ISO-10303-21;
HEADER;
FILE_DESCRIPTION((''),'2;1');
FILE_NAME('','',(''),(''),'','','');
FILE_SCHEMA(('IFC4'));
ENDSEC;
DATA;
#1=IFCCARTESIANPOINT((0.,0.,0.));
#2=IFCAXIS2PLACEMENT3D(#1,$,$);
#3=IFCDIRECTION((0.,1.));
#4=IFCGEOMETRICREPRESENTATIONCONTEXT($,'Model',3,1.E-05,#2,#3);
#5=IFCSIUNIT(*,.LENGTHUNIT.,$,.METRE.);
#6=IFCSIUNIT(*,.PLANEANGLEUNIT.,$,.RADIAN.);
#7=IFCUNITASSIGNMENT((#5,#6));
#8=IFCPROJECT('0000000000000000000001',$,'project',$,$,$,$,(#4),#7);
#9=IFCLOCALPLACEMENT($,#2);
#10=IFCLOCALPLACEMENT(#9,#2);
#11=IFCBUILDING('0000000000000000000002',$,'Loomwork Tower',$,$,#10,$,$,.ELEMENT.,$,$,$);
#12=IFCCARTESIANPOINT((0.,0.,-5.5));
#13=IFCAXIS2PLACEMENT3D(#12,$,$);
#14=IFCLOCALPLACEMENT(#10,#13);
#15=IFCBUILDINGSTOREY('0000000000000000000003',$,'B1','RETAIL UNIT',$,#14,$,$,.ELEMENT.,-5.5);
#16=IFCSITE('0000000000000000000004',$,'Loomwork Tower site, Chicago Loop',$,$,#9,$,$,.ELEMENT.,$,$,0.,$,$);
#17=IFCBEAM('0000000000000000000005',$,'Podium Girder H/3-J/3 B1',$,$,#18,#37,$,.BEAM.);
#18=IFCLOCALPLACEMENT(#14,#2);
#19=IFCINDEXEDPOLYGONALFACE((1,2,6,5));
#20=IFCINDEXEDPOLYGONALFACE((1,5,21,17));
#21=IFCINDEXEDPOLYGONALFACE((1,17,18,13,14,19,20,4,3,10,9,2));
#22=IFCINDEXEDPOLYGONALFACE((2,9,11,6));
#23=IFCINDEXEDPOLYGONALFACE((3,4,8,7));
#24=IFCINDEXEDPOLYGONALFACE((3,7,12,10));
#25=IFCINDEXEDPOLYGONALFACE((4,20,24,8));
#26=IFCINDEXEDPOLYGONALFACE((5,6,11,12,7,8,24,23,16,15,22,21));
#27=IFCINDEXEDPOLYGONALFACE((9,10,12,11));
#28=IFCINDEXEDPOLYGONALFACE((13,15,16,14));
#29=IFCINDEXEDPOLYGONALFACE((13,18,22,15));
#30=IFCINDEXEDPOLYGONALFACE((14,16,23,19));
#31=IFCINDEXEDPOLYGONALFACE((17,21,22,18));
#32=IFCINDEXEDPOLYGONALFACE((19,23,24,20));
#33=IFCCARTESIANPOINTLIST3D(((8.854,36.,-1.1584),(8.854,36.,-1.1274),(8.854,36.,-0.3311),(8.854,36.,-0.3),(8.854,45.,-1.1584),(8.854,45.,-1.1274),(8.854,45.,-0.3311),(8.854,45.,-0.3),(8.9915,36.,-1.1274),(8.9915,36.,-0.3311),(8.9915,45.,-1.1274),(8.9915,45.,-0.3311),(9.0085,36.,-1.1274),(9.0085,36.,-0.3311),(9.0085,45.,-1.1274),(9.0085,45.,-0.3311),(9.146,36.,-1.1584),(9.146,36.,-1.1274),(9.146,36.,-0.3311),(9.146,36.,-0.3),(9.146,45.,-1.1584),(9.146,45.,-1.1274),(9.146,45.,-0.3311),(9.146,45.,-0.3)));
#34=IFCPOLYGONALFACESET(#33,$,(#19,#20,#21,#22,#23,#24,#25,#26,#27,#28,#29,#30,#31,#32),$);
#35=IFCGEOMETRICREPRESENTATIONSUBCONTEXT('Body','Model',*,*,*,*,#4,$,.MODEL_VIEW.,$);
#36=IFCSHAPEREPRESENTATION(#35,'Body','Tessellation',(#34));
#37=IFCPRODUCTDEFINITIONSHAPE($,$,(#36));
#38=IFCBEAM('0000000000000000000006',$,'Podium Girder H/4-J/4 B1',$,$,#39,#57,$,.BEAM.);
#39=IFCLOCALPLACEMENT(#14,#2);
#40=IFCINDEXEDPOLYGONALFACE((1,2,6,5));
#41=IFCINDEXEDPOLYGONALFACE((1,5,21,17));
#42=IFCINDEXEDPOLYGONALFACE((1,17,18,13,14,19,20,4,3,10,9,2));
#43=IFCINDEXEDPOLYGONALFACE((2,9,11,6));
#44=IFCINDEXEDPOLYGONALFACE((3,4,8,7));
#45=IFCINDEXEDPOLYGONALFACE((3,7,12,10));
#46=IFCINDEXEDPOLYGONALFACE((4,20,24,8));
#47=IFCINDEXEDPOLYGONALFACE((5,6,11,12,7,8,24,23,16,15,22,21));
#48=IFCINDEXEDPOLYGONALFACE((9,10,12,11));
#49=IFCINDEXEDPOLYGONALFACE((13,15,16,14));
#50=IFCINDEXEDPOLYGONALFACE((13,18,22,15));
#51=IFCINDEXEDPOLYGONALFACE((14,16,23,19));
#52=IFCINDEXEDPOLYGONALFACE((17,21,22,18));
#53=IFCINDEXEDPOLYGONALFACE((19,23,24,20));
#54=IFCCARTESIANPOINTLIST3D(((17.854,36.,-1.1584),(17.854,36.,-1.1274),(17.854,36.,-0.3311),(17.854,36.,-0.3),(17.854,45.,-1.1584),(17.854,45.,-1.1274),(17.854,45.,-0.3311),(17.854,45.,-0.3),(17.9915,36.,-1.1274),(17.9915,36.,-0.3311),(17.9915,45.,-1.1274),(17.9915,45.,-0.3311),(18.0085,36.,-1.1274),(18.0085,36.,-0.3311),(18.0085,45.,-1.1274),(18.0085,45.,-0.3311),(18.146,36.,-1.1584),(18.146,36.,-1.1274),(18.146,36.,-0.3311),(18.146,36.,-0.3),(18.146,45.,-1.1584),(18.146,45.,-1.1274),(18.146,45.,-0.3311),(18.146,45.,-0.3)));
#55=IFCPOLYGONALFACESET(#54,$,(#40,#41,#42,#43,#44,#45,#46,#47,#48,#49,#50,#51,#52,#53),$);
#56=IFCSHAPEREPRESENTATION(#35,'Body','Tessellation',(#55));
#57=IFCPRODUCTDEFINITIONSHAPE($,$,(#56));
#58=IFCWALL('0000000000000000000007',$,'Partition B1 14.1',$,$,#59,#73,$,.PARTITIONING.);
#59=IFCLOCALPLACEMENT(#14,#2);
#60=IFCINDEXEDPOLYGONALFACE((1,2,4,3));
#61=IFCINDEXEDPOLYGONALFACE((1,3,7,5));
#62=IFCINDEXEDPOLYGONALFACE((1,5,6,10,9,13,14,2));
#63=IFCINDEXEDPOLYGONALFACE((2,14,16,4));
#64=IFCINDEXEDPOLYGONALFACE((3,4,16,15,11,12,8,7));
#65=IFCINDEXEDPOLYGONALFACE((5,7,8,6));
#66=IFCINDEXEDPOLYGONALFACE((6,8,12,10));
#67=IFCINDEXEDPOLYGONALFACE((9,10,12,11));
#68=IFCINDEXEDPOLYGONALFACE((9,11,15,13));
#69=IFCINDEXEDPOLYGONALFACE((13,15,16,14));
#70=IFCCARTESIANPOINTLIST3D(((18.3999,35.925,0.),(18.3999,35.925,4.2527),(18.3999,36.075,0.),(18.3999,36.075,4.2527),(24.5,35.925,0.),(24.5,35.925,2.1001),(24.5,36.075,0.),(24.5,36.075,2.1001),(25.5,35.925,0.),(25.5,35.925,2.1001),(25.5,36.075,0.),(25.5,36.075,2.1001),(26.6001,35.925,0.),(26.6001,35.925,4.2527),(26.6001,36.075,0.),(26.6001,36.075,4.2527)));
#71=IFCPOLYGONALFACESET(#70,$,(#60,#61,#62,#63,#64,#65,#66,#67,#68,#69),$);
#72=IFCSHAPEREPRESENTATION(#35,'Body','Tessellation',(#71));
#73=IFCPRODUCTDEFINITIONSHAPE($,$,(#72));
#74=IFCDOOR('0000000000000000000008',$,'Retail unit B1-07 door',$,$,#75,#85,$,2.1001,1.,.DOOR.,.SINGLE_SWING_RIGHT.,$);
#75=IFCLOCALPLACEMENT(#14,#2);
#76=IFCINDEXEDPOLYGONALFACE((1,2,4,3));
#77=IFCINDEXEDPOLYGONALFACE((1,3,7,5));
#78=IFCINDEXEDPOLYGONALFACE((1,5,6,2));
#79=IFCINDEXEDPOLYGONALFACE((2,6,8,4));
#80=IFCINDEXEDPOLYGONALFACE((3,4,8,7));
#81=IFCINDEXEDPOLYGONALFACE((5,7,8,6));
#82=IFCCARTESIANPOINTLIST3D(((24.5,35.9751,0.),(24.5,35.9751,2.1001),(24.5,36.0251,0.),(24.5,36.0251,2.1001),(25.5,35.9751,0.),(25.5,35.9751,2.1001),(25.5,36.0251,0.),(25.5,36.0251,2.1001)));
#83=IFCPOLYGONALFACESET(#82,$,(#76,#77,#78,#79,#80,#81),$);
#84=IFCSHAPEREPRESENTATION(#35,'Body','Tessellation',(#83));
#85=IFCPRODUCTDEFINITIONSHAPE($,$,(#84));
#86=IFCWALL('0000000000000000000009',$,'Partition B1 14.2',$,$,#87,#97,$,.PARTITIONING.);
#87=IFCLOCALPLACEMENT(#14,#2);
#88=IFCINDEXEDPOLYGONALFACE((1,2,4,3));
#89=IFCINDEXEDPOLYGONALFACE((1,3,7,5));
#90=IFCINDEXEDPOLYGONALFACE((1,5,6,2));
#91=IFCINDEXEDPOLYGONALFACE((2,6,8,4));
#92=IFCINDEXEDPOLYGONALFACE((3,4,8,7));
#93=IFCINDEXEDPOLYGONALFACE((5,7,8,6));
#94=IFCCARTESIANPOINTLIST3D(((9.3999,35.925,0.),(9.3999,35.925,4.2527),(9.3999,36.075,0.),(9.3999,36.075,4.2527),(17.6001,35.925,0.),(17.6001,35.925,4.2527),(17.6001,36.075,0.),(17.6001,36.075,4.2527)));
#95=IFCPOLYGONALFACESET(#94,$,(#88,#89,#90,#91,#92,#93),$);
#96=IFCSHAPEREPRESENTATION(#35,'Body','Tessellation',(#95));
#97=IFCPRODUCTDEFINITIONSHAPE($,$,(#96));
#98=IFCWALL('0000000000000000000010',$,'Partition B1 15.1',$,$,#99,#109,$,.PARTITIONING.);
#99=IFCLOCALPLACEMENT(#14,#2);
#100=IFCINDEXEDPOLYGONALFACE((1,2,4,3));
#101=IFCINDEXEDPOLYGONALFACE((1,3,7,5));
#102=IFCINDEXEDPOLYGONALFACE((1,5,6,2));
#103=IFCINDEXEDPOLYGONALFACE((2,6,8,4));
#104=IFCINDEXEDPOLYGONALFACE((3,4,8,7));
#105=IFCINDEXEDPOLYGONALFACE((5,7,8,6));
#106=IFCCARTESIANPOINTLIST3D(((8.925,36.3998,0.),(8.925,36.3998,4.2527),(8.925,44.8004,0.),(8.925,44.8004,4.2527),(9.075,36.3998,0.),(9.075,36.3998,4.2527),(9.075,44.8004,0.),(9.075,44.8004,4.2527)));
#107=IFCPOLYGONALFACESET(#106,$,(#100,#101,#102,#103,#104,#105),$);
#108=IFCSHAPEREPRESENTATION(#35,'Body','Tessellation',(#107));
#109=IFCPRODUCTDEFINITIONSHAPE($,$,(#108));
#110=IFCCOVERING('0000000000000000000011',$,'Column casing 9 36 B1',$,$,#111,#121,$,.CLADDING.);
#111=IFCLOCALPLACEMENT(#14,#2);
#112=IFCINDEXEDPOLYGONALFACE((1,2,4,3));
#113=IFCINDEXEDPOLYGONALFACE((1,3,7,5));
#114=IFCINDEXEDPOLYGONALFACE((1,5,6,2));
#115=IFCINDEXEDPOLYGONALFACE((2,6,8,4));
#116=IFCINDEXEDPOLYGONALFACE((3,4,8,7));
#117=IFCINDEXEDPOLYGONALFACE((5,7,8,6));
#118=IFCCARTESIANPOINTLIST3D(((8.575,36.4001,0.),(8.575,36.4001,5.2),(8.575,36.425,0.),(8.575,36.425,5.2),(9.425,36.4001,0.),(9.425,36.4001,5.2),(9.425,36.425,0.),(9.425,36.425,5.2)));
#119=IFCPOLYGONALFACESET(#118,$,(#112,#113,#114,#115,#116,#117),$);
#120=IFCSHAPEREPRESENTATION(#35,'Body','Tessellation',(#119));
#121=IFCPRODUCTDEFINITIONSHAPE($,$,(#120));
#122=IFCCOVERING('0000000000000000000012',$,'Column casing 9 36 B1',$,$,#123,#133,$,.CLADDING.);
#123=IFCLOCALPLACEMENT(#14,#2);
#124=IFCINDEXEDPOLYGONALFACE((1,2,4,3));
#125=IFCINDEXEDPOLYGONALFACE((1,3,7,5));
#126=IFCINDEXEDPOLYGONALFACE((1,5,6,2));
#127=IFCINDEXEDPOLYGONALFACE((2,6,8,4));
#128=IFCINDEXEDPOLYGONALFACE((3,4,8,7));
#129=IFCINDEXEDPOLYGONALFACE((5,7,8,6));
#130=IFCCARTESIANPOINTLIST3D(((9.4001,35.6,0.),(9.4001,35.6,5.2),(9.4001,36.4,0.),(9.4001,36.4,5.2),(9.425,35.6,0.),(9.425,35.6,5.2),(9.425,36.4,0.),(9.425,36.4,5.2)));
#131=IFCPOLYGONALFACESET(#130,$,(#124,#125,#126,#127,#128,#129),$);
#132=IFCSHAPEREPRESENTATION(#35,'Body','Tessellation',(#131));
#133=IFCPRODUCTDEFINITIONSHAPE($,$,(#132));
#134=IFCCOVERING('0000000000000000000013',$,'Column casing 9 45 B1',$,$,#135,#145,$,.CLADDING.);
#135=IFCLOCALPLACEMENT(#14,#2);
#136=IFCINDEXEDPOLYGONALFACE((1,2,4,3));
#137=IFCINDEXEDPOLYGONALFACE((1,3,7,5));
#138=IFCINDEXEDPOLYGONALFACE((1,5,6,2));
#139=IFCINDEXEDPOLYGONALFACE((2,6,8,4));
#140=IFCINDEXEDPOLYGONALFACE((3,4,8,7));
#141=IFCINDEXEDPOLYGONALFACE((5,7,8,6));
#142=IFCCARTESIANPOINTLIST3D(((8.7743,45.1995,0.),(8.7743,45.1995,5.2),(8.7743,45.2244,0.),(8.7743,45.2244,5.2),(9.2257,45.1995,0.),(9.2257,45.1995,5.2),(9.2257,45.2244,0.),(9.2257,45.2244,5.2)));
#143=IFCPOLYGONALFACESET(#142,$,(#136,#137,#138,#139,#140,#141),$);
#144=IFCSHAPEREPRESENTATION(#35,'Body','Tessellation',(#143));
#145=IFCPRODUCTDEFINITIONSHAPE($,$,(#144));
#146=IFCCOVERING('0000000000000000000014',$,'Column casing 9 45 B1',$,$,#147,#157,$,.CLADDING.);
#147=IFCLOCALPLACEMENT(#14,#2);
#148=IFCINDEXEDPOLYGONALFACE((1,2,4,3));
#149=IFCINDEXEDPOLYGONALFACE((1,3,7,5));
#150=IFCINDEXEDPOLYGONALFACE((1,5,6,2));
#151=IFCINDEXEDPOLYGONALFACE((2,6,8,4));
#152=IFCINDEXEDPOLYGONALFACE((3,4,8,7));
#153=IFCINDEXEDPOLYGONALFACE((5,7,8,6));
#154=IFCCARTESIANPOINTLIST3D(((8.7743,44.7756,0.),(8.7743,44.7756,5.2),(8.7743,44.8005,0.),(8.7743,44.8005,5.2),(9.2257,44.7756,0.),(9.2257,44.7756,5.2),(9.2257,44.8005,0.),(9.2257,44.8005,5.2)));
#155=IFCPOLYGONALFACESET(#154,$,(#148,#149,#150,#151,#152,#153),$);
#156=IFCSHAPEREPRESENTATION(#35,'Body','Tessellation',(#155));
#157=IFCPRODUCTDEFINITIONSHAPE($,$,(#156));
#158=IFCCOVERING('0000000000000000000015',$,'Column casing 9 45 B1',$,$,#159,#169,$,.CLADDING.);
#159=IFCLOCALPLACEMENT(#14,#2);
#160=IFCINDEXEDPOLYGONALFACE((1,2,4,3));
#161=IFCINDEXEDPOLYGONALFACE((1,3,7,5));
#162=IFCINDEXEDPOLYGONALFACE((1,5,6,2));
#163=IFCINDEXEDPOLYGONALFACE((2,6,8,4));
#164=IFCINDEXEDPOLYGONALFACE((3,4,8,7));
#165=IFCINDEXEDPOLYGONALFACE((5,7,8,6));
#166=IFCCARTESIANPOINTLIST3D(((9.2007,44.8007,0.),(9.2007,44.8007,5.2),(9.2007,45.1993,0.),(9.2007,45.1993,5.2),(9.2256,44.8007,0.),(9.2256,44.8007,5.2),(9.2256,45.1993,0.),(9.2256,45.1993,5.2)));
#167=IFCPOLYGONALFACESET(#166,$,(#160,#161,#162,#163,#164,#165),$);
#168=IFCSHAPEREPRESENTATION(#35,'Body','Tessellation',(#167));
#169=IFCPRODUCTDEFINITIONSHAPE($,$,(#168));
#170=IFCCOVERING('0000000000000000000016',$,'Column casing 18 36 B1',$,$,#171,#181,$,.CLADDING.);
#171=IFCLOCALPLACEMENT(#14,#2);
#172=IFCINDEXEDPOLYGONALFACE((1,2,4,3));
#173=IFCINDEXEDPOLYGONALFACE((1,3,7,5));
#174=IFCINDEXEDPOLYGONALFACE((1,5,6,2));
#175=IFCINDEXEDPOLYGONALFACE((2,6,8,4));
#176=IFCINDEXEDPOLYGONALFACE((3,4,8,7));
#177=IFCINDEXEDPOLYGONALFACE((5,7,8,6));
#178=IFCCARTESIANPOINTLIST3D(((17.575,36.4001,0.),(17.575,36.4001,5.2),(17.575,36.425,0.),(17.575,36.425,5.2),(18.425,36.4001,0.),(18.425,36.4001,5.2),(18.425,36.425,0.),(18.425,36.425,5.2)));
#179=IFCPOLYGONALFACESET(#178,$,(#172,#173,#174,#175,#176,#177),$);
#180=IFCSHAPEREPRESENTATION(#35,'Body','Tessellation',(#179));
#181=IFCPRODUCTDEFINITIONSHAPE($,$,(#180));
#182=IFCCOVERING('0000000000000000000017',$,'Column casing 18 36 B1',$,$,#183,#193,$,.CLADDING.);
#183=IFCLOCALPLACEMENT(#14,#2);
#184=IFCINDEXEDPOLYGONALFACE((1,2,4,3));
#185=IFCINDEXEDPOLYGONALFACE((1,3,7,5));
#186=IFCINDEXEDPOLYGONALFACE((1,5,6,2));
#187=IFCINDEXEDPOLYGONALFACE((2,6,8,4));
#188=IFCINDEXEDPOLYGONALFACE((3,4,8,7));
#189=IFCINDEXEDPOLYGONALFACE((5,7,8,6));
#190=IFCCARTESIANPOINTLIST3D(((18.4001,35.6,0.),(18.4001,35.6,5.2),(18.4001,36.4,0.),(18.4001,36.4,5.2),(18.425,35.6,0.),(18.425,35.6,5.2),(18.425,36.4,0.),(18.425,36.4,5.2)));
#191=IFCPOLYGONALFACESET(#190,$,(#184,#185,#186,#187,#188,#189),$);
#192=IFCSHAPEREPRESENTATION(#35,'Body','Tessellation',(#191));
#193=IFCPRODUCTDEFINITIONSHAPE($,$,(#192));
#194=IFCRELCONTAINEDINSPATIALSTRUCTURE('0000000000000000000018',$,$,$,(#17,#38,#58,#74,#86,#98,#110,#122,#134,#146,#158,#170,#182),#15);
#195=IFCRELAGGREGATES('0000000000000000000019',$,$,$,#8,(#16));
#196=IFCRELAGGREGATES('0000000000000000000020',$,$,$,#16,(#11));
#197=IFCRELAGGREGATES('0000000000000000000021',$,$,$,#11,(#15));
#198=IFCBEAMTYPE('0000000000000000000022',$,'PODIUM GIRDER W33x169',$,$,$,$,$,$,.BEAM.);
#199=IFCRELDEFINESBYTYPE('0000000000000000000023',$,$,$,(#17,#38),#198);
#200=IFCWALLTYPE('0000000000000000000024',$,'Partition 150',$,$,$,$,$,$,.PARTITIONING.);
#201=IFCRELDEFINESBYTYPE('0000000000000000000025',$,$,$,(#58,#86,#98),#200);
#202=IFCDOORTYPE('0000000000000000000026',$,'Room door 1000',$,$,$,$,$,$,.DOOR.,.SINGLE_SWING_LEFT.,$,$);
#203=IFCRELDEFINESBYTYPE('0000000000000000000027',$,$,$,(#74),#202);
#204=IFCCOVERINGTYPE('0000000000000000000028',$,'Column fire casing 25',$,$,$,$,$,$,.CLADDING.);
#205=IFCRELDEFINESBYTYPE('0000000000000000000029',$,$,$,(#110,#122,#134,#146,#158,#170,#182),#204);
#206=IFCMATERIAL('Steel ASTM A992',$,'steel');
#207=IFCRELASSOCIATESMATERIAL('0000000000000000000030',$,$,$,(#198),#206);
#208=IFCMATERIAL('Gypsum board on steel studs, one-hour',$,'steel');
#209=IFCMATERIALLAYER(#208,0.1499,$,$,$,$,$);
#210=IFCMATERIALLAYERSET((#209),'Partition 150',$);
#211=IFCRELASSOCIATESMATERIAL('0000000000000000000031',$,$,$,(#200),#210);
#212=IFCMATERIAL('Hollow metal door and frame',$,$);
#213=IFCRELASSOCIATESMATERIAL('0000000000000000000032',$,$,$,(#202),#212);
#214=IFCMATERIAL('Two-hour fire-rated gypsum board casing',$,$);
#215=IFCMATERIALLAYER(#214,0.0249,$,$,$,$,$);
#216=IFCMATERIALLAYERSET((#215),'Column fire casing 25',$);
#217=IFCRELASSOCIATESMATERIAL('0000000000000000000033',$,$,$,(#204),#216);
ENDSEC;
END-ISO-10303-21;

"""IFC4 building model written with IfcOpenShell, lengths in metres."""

from ifc_helpers import new_model, si_unit, direction, frame, frame_2d, origin, origin_2d, place, context, subcontext, project, spatial, rectangle, i_section, extrude, material, layer, layer_set, material_profile, profile_set, type_object, element, fill, save


model = new_model("IFC4")

# Units and contexts
model_context = context("Model", 3, precision=1e-05, world=origin(), true_north=direction((0.0, 1.0)))
body_context = subcontext(model_context, "Body", "Model", "MODEL_VIEW")
ifc_project = project(units=[si_unit("LENGTHUNIT", "METRE"), si_unit("PLANEANGLEUNIT", "RADIAN")], contexts=[model_context])

# Site, building, storey
site_placement = place(None, origin())
site = spatial("IfcSite", under=ifc_project, at=site_placement, Name="Loomwork Tower site, Chicago Loop", CompositionType="ELEMENT", RefElevation=0.0)
building_placement = place(site_placement, origin())
building = spatial("IfcBuilding", under=site, at=building_placement, Name="Loomwork Tower", CompositionType="ELEMENT")
storey_placement = place(building_placement, frame((0.0, 0.0, -5.5)))
storey = spatial("IfcBuildingStorey", under=building, at=storey_placement, Name="B1", Description="RETAIL UNIT", CompositionType="ELEMENT", Elevation=-5.5)

# Beams
ifc_material_1 = material(Name="Steel ASTM A992", Category="steel")
ifc_material_profile_1 = material_profile(ifc_material_1, i_section(OverallWidth=0.292, OverallDepth=0.8584, WebThickness=0.0171, FlangeThickness=0.031, at=origin_2d()), Name="W33x169")
ifc_profile_set_1 = profile_set([ifc_material_profile_1], Name="Steel ASTM A992")
beam_type_1 = type_object("IfcBeamType", Name="PODIUM GIRDER W33x169", PredefinedType="BEAM", material=ifc_profile_set_1)
for number, where, z_axis, x_axis, name in (
    (1, (9.0, 36.0, -0.7292), (0.0, 1.0, 0.0), (-1.0, 0.0, 0.0), "Podium Girder H/3-J/3 B1"),
    (2, (18.0, 36.0, -0.7292), (0.0, 1.0, 0.0), (-1.0, 0.0, 0.0), "Podium Girder H/4-J/4 B1"),
):
    element("IfcBeam", number, at=place(storey_placement, frame(where, z_axis=z_axis, x_axis=x_axis)), inside=storey, type_object=beam_type_1, Name=name, PredefinedType="BEAM", context=body_context, shape_type="SweptSolid", body=[
        extrude(i_section(OverallWidth=0.292, OverallDepth=0.8584, WebThickness=0.0171, FlangeThickness=0.031, at=origin_2d()), origin(), (0.0, 0.0, 1.0), 9.0),
    ])

# Wall, opening, door
ifc_material_2 = material(Name="Gypsum board on steel studs, one-hour", Category="steel")
ifc_layer_1 = layer(ifc_material_2, 0.1499)
ifc_layer_set_1 = layer_set([ifc_layer_1], Name="Partition 150")
wall_type = type_object("IfcWallType", Name="Partition 150", PredefinedType="PARTITIONING", material=ifc_layer_set_1)
wall_1_placement = place(storey_placement, frame((26.6001, 36.0, 0.0), z_axis=(0.0, 0.0, 1.0), x_axis=(-1.0, 0.0, 0.0)))
wall_1 = element("IfcWall", 3, at=wall_1_placement, inside=storey, type_object=wall_type, Name="Partition B1 14.1", PredefinedType="PARTITIONING", context=body_context, shape_type="SweptSolid", body=[
    extrude(rectangle(XDim=8.2002, YDim=0.1499, at=frame_2d((4.1001, 0.0))), origin(), (0.0, 0.0, 1.0), 4.2527),
])
opening_placement = place(wall_1_placement, frame((1.1001, 0.0, 0.0)))
opening = element("IfcOpeningElement", 4, at=opening_placement, cuts=wall_1, PredefinedType="OPENING", context=body_context, shape_type="SweptSolid", body=[
    extrude(rectangle(XDim=1.0, YDim=2.1001, at=frame_2d((0.5, 1.05))), frame((0.0, 0.085, 0.0), z_axis=(0.0, -1.0, 0.0), x_axis=(1.0, 0.0, 0.0)), (0.0, 0.0, 1.0), 0.1699),
])
ifc_material_3 = material(Name="Hollow metal door and frame")
door_type = type_object("IfcDoorType", Name="Room door 1000", OperationType="SINGLE_SWING_LEFT", PredefinedType="DOOR", material=ifc_material_3)
door_placement = place(opening_placement, origin())
door = element("IfcDoor", 5, at=door_placement, inside=storey, type_object=door_type, Name="Retail unit B1-07 door", OperationType="SINGLE_SWING_RIGHT", OverallHeight=2.1001, OverallWidth=1.0, PredefinedType="DOOR", context=body_context, shape_type="SweptSolid", body=[
    extrude(rectangle(XDim=1.0, YDim=2.1001, at=frame_2d((0.5, 1.05))), frame((0.0, 0.0249, 0.0), z_axis=(0.0, -1.0, 0.0), x_axis=(1.0, 0.0, 0.0)), (0.0, 0.0, 1.0), 0.05),
])
fill(opening, door)

# Walls
wall_2_placement = place(storey_placement, frame((17.6001, 36.0, 0.0), z_axis=(0.0, 0.0, 1.0), x_axis=(-1.0, 0.0, 0.0)))
element("IfcWall", 6, at=wall_2_placement, inside=storey, type_object=wall_type, Name="Partition B1 14.2", PredefinedType="PARTITIONING", context=body_context, shape_type="SweptSolid", body=[
    extrude(rectangle(XDim=8.2002, YDim=0.1499, at=frame_2d((4.1001, 0.0))), origin(), (0.0, 0.0, 1.0), 4.2527),
])
wall_3_placement = place(storey_placement, frame((9.0, 36.3999, 0.0), z_axis=(0.0, 0.0, 1.0), x_axis=(0.0, 1.0, 0.0)))
element("IfcWall", 7, at=wall_3_placement, inside=storey, type_object=wall_type, Name="Partition B1 15.1", PredefinedType="PARTITIONING", context=body_context, shape_type="SweptSolid", body=[
    extrude(rectangle(XDim=8.4006, YDim=0.1499, at=frame_2d((4.2002, 0.0))), origin(), (0.0, 0.0, 1.0), 4.2527),
])

# Coverings
ifc_material_4 = material(Name="Two-hour fire-rated gypsum board casing")
ifc_layer_2 = layer(ifc_material_4, 0.0249)
ifc_layer_set_2 = layer_set([ifc_layer_2], Name="Column fire casing 25")
covering_type = type_object("IfcCoveringType", Name="Column fire casing 25", PredefinedType="CLADDING", material=ifc_layer_set_2)
covering_1_placement = place(storey_placement, frame((9.0, 36.4126, 0.0), z_axis=(0.0, 0.0, 1.0), x_axis=(1.0, 0.0, 0.0)))
element("IfcCovering", 8, at=covering_1_placement, inside=storey, type_object=covering_type, Name="Column casing 9 36 B1", PredefinedType="CLADDING", context=body_context, shape_type="SweptSolid", body=[
    extrude(rectangle(XDim=0.8501, YDim=0.0249, at=origin_2d()), origin(), (0.0, 0.0, 1.0), 5.2),
])
covering_2_placement = place(storey_placement, frame((9.4126, 36.0, 0.0), z_axis=(0.0, 0.0, 1.0), x_axis=(1.0, 0.0, 0.0)))
element("IfcCovering", 9, at=covering_2_placement, inside=storey, type_object=covering_type, Name="Column casing 9 36 B1", PredefinedType="CLADDING", context=body_context, shape_type="SweptSolid", body=[
    extrude(rectangle(XDim=0.0249, YDim=0.8, at=origin_2d()), origin(), (0.0, 0.0, 1.0), 5.2),
])
for number, where, z_axis, x_axis, name in (
    (10, (9.0, 45.2119, 0.0), (0.0, 0.0, 1.0), (1.0, 0.0, 0.0), "Column casing 9 45 B1"),
    (11, (9.0, 44.7881, 0.0), (0.0, 0.0, 1.0), (1.0, 0.0, 0.0), "Column casing 9 45 B1"),
):
    element("IfcCovering", number, at=place(storey_placement, frame(where, z_axis=z_axis, x_axis=x_axis)), inside=storey, type_object=covering_type, Name=name, PredefinedType="CLADDING", context=body_context, shape_type="SweptSolid", body=[
        extrude(rectangle(XDim=0.4514, YDim=0.0249, at=origin_2d()), origin(), (0.0, 0.0, 1.0), 5.2),
    ])
covering_3_placement = place(storey_placement, frame((9.2131, 45.0, 0.0), z_axis=(0.0, 0.0, 1.0), x_axis=(1.0, 0.0, 0.0)))
element("IfcCovering", 12, at=covering_3_placement, inside=storey, type_object=covering_type, Name="Column casing 9 45 B1", PredefinedType="CLADDING", context=body_context, shape_type="SweptSolid", body=[
    extrude(rectangle(XDim=0.0249, YDim=0.3987, at=origin_2d()), origin(), (0.0, 0.0, 1.0), 5.2),
])
covering_4_placement = place(storey_placement, frame((18.0, 36.4126, 0.0), z_axis=(0.0, 0.0, 1.0), x_axis=(1.0, 0.0, 0.0)))
element("IfcCovering", 13, at=covering_4_placement, inside=storey, type_object=covering_type, Name="Column casing 18 36 B1", PredefinedType="CLADDING", context=body_context, shape_type="SweptSolid", body=[
    extrude(rectangle(XDim=0.8501, YDim=0.0249, at=origin_2d()), origin(), (0.0, 0.0, 1.0), 5.2),
])
for number, where, z_axis, x_axis, name in (
    (14, (18.4126, 36.0, 0.0), (0.0, 0.0, 1.0), (1.0, 0.0, 0.0), "Column casing 18 36 B1"),
):
    element("IfcCovering", number, at=place(storey_placement, frame(where, z_axis=z_axis, x_axis=x_axis)), inside=storey, type_object=covering_type, Name=name, PredefinedType="CLADDING", context=body_context, shape_type="SweptSolid", body=[
        extrude(rectangle(XDim=0.0249, YDim=0.8, at=origin_2d()), origin(), (0.0, 0.0, 1.0), 5.2),
    ])

save(model, "model.ifc")
